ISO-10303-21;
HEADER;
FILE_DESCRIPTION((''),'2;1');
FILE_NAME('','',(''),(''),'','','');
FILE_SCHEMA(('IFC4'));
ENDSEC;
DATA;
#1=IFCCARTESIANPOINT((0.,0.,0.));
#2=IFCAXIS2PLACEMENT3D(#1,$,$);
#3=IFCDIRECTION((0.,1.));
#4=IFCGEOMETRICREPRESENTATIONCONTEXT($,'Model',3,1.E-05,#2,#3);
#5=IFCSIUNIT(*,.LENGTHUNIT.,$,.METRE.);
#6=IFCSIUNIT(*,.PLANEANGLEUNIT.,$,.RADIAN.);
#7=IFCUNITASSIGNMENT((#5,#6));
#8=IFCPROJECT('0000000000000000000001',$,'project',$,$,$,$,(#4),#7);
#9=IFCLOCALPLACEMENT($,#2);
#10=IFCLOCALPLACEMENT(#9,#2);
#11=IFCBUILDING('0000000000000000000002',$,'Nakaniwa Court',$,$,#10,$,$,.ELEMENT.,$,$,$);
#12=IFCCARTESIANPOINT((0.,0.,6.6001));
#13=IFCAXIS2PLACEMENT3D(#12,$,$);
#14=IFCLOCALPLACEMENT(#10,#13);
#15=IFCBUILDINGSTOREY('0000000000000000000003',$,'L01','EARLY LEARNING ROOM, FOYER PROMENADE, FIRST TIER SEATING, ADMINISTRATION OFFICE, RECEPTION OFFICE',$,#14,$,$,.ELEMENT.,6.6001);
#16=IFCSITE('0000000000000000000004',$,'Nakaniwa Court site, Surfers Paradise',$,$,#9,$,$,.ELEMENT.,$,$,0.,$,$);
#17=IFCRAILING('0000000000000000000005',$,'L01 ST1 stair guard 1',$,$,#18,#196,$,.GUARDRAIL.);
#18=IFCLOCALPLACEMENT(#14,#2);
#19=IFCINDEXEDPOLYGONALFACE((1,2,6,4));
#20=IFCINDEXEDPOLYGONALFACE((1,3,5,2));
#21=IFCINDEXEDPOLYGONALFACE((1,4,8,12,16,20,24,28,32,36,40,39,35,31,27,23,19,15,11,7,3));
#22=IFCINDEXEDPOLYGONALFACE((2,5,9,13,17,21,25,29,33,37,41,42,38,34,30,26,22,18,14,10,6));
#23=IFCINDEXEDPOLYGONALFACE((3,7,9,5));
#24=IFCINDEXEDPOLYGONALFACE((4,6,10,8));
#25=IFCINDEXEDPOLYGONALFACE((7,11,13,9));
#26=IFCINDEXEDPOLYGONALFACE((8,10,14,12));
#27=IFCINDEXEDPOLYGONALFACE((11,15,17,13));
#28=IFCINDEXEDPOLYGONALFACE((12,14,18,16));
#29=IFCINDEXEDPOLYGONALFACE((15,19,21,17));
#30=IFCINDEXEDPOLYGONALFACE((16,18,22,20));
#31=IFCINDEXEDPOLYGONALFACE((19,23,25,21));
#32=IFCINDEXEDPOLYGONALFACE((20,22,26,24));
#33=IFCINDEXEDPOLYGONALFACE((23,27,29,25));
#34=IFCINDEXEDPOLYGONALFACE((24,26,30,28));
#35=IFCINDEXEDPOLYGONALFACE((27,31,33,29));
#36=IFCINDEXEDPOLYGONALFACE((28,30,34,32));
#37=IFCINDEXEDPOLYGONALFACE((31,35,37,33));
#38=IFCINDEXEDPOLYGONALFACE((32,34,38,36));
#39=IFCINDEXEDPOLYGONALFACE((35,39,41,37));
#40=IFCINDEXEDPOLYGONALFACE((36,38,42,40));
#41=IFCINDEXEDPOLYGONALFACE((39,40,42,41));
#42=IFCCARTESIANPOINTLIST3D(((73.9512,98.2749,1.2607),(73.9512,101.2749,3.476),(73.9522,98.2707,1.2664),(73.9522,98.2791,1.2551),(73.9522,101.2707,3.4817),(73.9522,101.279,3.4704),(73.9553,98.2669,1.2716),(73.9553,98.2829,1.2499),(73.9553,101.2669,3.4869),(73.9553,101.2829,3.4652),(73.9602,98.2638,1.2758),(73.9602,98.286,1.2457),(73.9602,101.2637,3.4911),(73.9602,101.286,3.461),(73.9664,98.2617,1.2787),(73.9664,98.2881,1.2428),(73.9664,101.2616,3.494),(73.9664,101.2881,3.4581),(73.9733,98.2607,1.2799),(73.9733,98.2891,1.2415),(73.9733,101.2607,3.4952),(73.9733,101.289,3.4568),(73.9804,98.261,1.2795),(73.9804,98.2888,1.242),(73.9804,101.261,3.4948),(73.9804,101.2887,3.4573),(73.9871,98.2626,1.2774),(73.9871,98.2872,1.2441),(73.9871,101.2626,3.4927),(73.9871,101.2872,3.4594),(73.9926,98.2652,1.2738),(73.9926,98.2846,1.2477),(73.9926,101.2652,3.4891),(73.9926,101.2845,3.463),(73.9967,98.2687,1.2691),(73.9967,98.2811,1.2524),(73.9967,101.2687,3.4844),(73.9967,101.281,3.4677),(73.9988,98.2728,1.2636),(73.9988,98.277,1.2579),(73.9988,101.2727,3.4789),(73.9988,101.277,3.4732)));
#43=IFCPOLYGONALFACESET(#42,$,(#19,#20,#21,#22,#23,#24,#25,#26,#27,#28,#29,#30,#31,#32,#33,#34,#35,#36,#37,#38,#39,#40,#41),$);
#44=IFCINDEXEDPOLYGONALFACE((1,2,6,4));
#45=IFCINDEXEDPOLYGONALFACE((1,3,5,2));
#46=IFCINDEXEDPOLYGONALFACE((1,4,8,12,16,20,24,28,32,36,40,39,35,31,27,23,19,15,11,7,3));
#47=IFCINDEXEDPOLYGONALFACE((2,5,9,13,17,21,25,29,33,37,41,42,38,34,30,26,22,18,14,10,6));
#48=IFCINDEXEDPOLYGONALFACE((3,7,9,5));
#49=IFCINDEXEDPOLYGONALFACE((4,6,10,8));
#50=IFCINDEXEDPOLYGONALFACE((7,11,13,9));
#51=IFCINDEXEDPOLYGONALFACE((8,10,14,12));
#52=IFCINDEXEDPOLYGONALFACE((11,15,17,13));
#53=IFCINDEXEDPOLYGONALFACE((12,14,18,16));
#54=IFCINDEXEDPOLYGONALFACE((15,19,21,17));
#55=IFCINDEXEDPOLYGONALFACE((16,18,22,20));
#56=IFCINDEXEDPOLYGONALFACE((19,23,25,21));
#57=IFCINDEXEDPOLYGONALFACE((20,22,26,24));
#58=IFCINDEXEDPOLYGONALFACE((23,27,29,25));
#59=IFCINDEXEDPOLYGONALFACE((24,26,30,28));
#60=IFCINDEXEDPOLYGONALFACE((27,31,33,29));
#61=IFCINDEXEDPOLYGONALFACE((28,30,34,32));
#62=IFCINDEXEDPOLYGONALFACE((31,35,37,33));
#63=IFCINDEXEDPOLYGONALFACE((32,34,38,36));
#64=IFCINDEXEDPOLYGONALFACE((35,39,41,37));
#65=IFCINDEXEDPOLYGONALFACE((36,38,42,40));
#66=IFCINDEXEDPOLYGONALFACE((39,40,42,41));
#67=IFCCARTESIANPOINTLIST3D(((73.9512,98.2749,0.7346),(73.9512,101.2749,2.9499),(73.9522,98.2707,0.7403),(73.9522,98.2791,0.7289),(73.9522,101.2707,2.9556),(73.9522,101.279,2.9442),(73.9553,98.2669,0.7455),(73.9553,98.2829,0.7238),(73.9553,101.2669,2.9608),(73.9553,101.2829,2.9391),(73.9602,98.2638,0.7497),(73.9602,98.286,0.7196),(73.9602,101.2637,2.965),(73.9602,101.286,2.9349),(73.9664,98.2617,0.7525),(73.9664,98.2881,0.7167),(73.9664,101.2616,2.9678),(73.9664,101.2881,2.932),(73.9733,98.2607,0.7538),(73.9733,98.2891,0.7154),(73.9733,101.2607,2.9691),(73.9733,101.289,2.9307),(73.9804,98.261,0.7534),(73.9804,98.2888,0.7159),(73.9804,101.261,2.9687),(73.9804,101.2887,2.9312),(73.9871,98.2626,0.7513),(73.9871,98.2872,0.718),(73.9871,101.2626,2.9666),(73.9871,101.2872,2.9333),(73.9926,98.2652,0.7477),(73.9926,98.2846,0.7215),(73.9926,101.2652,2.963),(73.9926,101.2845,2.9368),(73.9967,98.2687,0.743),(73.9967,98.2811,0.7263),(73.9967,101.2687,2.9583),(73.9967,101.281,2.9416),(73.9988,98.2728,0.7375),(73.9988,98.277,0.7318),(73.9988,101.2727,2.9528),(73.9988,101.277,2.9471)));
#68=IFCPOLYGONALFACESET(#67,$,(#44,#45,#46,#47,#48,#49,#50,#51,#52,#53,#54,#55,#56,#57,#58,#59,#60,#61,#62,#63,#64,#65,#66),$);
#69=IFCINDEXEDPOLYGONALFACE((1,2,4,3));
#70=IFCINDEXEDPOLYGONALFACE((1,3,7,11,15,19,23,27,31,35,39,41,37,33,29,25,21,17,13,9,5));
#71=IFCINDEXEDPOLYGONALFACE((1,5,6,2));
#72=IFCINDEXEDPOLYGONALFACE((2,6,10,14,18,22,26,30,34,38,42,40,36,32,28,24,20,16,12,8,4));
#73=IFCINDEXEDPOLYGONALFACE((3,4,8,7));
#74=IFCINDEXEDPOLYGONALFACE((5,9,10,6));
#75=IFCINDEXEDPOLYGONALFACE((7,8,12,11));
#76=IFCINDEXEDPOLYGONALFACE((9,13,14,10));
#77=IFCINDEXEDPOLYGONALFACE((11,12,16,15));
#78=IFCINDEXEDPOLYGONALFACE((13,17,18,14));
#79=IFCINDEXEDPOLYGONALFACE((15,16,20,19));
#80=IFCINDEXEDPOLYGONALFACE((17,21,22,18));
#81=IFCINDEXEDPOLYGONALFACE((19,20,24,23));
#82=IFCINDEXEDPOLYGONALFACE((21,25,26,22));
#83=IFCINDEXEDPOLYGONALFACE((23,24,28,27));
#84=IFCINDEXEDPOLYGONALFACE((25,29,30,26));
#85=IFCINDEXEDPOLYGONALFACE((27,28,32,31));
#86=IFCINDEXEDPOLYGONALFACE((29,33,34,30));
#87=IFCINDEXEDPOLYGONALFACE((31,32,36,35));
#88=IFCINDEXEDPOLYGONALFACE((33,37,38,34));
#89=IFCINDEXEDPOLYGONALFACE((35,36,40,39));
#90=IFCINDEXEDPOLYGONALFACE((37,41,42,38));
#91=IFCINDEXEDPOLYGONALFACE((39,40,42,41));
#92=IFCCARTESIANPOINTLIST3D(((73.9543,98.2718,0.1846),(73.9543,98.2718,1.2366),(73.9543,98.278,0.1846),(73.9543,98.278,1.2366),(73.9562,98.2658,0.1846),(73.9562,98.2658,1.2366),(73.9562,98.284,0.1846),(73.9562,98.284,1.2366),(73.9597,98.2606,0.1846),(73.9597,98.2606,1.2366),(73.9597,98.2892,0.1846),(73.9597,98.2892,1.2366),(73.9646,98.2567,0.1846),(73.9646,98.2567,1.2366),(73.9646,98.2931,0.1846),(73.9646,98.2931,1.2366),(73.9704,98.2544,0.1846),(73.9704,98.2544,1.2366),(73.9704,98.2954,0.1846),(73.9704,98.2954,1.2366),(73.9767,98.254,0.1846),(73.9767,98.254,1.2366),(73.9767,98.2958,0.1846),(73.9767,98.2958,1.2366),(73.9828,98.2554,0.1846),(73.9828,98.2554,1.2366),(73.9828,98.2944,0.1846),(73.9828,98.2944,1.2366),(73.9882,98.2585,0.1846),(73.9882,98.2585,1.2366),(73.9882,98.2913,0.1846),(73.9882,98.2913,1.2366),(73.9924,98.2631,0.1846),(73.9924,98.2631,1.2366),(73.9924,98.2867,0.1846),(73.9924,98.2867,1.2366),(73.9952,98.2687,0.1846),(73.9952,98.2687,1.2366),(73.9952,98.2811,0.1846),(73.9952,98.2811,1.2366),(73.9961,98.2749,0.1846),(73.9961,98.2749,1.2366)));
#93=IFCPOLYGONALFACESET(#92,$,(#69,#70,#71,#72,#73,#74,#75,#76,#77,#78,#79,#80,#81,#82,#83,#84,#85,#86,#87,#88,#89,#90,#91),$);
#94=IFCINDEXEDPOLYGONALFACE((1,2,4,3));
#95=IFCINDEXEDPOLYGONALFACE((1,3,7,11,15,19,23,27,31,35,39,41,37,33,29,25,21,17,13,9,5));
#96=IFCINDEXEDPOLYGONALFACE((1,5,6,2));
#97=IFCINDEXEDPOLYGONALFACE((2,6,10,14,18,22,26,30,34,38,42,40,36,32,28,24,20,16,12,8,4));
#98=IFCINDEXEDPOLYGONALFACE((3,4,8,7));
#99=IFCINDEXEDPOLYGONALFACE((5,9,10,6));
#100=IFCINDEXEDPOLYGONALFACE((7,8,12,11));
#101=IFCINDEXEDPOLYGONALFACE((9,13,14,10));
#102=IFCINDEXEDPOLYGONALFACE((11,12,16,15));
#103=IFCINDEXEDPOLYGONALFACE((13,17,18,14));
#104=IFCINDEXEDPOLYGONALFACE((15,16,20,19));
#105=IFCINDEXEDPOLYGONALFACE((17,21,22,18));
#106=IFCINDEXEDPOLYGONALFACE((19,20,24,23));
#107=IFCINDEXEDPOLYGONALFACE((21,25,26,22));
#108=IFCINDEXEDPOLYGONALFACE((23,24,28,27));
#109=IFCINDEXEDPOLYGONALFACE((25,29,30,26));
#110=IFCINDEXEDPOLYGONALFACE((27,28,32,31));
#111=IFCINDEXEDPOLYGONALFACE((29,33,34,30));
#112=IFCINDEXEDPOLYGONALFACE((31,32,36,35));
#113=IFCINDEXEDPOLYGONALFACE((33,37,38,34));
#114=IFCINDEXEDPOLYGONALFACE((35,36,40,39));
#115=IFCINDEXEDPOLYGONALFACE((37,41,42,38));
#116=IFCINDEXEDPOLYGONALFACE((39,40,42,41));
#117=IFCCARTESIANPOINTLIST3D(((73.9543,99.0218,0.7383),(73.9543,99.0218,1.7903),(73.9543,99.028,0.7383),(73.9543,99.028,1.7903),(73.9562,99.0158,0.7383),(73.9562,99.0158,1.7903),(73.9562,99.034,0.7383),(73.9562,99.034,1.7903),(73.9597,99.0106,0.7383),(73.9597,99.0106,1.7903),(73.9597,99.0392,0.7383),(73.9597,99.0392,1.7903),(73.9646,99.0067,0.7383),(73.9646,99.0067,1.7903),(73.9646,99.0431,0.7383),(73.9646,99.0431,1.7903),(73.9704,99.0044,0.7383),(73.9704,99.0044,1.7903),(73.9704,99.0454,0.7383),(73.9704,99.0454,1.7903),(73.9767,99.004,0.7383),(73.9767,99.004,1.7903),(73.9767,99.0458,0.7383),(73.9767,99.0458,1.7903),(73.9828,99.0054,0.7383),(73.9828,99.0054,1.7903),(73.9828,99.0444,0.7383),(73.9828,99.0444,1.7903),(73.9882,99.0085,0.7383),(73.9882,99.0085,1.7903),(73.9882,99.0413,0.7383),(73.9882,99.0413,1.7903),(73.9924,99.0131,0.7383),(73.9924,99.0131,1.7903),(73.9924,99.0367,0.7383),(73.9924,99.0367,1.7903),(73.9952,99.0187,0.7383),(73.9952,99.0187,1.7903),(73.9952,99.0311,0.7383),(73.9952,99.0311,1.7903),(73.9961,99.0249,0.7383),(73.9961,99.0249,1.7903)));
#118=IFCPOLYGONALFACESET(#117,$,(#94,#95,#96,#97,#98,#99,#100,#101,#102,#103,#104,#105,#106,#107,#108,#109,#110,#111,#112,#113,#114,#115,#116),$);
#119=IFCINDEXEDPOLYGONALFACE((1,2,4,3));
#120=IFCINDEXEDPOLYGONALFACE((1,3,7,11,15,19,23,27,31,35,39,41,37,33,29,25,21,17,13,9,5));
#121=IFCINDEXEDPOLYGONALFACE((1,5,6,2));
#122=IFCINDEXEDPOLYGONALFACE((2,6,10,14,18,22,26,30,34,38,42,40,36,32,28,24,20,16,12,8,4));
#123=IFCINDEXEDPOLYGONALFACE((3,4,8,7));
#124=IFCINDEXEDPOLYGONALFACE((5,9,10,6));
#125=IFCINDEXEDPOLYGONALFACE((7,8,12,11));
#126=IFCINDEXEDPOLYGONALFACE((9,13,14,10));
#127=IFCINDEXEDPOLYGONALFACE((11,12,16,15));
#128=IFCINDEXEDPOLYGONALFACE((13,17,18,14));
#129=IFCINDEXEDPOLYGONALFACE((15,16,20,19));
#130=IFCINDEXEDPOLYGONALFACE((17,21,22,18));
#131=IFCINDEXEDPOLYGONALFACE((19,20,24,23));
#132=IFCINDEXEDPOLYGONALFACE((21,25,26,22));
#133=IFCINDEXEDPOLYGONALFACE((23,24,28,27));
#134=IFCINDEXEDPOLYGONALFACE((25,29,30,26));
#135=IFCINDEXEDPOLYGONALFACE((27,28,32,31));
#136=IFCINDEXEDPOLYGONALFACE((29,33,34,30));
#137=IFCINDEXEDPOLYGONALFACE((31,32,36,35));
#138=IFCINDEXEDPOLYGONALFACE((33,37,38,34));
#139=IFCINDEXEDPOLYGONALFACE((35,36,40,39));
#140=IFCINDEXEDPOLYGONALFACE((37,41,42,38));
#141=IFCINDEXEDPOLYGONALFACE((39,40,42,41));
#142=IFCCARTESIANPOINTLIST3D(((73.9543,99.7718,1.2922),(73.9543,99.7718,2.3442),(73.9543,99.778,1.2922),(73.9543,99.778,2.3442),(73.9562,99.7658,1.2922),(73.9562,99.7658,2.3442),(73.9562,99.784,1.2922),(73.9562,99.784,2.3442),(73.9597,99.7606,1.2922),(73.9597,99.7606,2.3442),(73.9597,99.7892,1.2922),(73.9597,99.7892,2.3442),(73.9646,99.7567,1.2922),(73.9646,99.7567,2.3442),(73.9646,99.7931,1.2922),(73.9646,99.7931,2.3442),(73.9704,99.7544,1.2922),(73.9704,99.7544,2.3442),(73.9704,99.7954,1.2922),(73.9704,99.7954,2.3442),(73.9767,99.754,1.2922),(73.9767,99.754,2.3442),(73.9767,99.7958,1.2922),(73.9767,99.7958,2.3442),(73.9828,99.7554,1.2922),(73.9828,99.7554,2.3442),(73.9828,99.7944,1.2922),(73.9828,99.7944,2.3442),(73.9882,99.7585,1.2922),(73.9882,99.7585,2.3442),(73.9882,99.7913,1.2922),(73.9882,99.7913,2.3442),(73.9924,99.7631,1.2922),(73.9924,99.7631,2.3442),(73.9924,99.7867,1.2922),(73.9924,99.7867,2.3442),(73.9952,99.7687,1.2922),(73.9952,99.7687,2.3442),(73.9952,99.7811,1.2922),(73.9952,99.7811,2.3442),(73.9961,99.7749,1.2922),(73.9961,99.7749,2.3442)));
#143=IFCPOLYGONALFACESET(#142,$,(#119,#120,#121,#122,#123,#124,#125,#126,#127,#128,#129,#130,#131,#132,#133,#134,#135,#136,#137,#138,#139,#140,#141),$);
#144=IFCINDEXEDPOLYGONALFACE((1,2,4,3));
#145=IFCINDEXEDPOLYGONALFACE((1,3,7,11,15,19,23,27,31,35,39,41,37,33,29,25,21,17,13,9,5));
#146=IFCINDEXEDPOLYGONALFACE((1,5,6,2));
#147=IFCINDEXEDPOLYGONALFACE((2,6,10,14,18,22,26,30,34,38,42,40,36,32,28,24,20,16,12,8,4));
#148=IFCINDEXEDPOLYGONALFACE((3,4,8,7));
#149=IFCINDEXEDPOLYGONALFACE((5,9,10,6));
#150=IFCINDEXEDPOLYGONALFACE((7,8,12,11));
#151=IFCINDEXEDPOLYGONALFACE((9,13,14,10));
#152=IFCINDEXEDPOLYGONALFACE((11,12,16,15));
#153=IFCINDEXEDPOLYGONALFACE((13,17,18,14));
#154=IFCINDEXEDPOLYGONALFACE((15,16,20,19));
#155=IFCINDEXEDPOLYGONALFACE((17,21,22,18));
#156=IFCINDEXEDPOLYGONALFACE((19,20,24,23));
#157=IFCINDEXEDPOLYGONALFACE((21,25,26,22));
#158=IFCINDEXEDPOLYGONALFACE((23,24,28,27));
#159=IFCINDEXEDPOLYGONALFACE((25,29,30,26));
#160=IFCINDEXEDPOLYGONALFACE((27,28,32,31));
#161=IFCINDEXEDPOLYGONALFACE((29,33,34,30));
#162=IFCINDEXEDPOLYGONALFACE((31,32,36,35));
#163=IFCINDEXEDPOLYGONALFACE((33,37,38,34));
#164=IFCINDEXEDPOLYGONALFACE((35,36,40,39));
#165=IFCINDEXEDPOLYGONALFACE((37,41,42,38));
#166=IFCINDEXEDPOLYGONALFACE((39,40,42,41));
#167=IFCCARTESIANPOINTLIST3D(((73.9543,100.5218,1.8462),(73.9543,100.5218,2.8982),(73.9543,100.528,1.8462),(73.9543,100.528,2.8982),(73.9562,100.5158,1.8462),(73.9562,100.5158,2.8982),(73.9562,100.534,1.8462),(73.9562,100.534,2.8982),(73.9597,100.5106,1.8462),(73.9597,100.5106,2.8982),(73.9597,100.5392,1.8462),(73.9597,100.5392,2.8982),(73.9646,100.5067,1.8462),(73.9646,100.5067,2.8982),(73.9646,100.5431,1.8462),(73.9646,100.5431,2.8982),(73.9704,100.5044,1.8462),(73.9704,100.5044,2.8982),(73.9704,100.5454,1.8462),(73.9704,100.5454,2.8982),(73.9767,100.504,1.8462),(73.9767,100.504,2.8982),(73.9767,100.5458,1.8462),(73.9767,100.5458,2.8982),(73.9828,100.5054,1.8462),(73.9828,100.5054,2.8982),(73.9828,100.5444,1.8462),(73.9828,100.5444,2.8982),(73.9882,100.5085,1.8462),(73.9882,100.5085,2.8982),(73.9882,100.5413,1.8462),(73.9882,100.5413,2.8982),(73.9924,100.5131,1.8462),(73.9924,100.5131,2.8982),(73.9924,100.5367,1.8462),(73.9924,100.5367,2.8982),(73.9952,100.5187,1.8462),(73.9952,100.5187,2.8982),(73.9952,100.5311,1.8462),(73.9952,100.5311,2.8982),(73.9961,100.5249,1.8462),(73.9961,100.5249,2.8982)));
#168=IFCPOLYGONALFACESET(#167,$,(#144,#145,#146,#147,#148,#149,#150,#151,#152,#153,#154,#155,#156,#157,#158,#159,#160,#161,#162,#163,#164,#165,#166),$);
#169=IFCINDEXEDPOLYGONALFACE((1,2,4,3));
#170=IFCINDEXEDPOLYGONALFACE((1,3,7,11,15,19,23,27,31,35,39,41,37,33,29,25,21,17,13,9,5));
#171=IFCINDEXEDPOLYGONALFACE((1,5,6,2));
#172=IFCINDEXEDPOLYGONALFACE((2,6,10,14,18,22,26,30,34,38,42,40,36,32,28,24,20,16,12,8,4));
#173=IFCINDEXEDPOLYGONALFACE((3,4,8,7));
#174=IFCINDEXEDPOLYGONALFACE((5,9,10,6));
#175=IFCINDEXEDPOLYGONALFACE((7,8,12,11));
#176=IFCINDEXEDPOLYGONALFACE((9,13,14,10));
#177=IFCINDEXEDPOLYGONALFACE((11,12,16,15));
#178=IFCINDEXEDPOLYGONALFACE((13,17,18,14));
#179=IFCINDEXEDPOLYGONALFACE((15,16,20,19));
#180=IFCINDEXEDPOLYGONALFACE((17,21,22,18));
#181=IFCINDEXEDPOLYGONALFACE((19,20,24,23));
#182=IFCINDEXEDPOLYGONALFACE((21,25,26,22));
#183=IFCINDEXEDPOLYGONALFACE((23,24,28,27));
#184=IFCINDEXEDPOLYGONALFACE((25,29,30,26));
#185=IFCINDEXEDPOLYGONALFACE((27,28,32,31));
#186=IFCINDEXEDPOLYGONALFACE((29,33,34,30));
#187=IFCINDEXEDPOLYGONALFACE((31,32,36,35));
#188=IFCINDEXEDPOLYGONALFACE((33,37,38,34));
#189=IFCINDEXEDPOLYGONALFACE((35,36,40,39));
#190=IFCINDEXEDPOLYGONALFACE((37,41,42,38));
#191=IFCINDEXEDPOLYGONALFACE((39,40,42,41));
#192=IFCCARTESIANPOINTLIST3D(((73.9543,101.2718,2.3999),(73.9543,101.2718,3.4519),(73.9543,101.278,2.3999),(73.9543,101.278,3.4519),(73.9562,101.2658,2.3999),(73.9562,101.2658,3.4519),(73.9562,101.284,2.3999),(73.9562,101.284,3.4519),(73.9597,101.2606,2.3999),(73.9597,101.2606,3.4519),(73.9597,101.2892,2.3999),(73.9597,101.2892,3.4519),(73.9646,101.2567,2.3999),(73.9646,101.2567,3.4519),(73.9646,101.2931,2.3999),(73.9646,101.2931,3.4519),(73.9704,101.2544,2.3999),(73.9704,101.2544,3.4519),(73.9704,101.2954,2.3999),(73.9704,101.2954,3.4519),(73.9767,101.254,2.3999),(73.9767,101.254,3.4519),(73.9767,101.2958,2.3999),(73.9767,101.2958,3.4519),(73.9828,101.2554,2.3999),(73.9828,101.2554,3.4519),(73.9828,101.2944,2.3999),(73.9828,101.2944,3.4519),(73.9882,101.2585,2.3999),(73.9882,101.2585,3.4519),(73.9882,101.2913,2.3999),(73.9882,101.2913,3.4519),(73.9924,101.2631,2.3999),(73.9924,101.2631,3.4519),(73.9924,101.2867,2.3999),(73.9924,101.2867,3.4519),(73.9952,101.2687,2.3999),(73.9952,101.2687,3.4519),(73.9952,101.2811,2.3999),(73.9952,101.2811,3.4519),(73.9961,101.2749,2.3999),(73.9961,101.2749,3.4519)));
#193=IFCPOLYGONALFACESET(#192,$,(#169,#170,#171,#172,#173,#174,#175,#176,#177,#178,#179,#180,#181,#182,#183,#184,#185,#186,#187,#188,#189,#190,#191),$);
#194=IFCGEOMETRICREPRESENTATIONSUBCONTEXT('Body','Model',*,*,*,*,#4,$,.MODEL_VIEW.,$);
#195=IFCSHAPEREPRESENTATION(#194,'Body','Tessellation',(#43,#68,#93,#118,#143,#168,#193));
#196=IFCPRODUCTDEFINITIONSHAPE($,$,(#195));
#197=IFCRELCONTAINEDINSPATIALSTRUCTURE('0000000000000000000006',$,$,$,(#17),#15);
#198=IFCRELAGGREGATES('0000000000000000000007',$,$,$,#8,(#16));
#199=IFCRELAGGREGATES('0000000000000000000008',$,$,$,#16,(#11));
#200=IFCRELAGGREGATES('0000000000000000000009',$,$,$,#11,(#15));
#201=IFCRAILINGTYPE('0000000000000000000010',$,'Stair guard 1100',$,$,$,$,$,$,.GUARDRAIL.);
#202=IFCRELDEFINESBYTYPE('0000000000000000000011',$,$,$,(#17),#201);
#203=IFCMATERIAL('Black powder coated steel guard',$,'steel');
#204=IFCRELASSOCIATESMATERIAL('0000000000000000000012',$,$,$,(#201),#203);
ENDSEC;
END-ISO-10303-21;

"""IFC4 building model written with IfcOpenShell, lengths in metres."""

from ifc_helpers import new_model, si_unit, direction, frame, origin, origin_2d, place, context, subcontext, project, spatial, circle, extrude, material, type_object, element, save


model = new_model("IFC4")

# Units and contexts
model_context = context("Model", 3, precision=1e-05, world=origin(), true_north=direction((0.0, 1.0)))
body_context = subcontext(model_context, "Body", "Model", "MODEL_VIEW")
ifc_project = project(units=[si_unit("LENGTHUNIT", "METRE"), si_unit("PLANEANGLEUNIT", "RADIAN")], contexts=[model_context])

# Site, building, storey
site_placement = place(None, origin())
site = spatial("IfcSite", under=ifc_project, at=site_placement, Name="Nakaniwa Court site, Surfers Paradise", CompositionType="ELEMENT", RefElevation=0.0)
building_placement = place(site_placement, origin())
building = spatial("IfcBuilding", under=site, at=building_placement, Name="Nakaniwa Court", CompositionType="ELEMENT")
storey_placement = place(building_placement, frame((0.0, 0.0, 6.6001)))
storey = spatial("IfcBuildingStorey", under=building, at=storey_placement, Name="L01", Description="EARLY LEARNING ROOM, FOYER PROMENADE, FIRST TIER SEATING, ADMINISTRATION OFFICE, RECEPTION OFFICE", CompositionType="ELEMENT", Elevation=6.6001)

# Railing
ifc_material_1 = material(Name="Black powder coated steel guard", Category="steel")
railing_type_1 = type_object("IfcRailingType", Name="Stair guard 1100", PredefinedType="GUARDRAIL", material=ifc_material_1)
railing_1_placement = place(storey_placement, frame((73.9751, 98.2749, 0.1846)))
element("IfcRailing", 1, at=railing_1_placement, inside=storey, type_object=railing_type_1, Name="L01 ST1 stair guard 1", PredefinedType="GUARDRAIL", context=body_context, shape_type="SweptSolid", body=[
    extrude(circle(Radius=0.0239, at=origin_2d()), frame((0.0, 0.0, 1.0762), z_axis=(0.0, 0.80444, 0.594034), x_axis=(-1.0, 0.0, 0.0)), (0.0, 0.0, 1.0), 3.7292),
    extrude(circle(Radius=0.0239, at=origin_2d()), frame((0.0, 0.0, 0.55), z_axis=(0.0, 0.80444, 0.594034), x_axis=(-1.0, 0.0, 0.0)), (0.0, 0.0, 1.0), 3.7292),
    extrude(circle(Radius=0.021, at=origin_2d()), origin(), (0.0, 0.0, 1.0), 1.052),
    extrude(circle(Radius=0.021, at=origin_2d()), frame((0.0, 0.75, 0.5537)), (0.0, 0.0, 1.0), 1.052),
    extrude(circle(Radius=0.021, at=origin_2d()), frame((0.0, 1.5, 1.1077)), (0.0, 0.0, 1.0), 1.052),
    extrude(circle(Radius=0.021, at=origin_2d()), frame((0.0, 2.25, 1.6616)), (0.0, 0.0, 1.0), 1.052),
    extrude(circle(Radius=0.021, at=origin_2d()), frame((0.0, 3.0, 2.2153)), (0.0, 0.0, 1.0), 1.052),
])

save(model, "model.ifc")
